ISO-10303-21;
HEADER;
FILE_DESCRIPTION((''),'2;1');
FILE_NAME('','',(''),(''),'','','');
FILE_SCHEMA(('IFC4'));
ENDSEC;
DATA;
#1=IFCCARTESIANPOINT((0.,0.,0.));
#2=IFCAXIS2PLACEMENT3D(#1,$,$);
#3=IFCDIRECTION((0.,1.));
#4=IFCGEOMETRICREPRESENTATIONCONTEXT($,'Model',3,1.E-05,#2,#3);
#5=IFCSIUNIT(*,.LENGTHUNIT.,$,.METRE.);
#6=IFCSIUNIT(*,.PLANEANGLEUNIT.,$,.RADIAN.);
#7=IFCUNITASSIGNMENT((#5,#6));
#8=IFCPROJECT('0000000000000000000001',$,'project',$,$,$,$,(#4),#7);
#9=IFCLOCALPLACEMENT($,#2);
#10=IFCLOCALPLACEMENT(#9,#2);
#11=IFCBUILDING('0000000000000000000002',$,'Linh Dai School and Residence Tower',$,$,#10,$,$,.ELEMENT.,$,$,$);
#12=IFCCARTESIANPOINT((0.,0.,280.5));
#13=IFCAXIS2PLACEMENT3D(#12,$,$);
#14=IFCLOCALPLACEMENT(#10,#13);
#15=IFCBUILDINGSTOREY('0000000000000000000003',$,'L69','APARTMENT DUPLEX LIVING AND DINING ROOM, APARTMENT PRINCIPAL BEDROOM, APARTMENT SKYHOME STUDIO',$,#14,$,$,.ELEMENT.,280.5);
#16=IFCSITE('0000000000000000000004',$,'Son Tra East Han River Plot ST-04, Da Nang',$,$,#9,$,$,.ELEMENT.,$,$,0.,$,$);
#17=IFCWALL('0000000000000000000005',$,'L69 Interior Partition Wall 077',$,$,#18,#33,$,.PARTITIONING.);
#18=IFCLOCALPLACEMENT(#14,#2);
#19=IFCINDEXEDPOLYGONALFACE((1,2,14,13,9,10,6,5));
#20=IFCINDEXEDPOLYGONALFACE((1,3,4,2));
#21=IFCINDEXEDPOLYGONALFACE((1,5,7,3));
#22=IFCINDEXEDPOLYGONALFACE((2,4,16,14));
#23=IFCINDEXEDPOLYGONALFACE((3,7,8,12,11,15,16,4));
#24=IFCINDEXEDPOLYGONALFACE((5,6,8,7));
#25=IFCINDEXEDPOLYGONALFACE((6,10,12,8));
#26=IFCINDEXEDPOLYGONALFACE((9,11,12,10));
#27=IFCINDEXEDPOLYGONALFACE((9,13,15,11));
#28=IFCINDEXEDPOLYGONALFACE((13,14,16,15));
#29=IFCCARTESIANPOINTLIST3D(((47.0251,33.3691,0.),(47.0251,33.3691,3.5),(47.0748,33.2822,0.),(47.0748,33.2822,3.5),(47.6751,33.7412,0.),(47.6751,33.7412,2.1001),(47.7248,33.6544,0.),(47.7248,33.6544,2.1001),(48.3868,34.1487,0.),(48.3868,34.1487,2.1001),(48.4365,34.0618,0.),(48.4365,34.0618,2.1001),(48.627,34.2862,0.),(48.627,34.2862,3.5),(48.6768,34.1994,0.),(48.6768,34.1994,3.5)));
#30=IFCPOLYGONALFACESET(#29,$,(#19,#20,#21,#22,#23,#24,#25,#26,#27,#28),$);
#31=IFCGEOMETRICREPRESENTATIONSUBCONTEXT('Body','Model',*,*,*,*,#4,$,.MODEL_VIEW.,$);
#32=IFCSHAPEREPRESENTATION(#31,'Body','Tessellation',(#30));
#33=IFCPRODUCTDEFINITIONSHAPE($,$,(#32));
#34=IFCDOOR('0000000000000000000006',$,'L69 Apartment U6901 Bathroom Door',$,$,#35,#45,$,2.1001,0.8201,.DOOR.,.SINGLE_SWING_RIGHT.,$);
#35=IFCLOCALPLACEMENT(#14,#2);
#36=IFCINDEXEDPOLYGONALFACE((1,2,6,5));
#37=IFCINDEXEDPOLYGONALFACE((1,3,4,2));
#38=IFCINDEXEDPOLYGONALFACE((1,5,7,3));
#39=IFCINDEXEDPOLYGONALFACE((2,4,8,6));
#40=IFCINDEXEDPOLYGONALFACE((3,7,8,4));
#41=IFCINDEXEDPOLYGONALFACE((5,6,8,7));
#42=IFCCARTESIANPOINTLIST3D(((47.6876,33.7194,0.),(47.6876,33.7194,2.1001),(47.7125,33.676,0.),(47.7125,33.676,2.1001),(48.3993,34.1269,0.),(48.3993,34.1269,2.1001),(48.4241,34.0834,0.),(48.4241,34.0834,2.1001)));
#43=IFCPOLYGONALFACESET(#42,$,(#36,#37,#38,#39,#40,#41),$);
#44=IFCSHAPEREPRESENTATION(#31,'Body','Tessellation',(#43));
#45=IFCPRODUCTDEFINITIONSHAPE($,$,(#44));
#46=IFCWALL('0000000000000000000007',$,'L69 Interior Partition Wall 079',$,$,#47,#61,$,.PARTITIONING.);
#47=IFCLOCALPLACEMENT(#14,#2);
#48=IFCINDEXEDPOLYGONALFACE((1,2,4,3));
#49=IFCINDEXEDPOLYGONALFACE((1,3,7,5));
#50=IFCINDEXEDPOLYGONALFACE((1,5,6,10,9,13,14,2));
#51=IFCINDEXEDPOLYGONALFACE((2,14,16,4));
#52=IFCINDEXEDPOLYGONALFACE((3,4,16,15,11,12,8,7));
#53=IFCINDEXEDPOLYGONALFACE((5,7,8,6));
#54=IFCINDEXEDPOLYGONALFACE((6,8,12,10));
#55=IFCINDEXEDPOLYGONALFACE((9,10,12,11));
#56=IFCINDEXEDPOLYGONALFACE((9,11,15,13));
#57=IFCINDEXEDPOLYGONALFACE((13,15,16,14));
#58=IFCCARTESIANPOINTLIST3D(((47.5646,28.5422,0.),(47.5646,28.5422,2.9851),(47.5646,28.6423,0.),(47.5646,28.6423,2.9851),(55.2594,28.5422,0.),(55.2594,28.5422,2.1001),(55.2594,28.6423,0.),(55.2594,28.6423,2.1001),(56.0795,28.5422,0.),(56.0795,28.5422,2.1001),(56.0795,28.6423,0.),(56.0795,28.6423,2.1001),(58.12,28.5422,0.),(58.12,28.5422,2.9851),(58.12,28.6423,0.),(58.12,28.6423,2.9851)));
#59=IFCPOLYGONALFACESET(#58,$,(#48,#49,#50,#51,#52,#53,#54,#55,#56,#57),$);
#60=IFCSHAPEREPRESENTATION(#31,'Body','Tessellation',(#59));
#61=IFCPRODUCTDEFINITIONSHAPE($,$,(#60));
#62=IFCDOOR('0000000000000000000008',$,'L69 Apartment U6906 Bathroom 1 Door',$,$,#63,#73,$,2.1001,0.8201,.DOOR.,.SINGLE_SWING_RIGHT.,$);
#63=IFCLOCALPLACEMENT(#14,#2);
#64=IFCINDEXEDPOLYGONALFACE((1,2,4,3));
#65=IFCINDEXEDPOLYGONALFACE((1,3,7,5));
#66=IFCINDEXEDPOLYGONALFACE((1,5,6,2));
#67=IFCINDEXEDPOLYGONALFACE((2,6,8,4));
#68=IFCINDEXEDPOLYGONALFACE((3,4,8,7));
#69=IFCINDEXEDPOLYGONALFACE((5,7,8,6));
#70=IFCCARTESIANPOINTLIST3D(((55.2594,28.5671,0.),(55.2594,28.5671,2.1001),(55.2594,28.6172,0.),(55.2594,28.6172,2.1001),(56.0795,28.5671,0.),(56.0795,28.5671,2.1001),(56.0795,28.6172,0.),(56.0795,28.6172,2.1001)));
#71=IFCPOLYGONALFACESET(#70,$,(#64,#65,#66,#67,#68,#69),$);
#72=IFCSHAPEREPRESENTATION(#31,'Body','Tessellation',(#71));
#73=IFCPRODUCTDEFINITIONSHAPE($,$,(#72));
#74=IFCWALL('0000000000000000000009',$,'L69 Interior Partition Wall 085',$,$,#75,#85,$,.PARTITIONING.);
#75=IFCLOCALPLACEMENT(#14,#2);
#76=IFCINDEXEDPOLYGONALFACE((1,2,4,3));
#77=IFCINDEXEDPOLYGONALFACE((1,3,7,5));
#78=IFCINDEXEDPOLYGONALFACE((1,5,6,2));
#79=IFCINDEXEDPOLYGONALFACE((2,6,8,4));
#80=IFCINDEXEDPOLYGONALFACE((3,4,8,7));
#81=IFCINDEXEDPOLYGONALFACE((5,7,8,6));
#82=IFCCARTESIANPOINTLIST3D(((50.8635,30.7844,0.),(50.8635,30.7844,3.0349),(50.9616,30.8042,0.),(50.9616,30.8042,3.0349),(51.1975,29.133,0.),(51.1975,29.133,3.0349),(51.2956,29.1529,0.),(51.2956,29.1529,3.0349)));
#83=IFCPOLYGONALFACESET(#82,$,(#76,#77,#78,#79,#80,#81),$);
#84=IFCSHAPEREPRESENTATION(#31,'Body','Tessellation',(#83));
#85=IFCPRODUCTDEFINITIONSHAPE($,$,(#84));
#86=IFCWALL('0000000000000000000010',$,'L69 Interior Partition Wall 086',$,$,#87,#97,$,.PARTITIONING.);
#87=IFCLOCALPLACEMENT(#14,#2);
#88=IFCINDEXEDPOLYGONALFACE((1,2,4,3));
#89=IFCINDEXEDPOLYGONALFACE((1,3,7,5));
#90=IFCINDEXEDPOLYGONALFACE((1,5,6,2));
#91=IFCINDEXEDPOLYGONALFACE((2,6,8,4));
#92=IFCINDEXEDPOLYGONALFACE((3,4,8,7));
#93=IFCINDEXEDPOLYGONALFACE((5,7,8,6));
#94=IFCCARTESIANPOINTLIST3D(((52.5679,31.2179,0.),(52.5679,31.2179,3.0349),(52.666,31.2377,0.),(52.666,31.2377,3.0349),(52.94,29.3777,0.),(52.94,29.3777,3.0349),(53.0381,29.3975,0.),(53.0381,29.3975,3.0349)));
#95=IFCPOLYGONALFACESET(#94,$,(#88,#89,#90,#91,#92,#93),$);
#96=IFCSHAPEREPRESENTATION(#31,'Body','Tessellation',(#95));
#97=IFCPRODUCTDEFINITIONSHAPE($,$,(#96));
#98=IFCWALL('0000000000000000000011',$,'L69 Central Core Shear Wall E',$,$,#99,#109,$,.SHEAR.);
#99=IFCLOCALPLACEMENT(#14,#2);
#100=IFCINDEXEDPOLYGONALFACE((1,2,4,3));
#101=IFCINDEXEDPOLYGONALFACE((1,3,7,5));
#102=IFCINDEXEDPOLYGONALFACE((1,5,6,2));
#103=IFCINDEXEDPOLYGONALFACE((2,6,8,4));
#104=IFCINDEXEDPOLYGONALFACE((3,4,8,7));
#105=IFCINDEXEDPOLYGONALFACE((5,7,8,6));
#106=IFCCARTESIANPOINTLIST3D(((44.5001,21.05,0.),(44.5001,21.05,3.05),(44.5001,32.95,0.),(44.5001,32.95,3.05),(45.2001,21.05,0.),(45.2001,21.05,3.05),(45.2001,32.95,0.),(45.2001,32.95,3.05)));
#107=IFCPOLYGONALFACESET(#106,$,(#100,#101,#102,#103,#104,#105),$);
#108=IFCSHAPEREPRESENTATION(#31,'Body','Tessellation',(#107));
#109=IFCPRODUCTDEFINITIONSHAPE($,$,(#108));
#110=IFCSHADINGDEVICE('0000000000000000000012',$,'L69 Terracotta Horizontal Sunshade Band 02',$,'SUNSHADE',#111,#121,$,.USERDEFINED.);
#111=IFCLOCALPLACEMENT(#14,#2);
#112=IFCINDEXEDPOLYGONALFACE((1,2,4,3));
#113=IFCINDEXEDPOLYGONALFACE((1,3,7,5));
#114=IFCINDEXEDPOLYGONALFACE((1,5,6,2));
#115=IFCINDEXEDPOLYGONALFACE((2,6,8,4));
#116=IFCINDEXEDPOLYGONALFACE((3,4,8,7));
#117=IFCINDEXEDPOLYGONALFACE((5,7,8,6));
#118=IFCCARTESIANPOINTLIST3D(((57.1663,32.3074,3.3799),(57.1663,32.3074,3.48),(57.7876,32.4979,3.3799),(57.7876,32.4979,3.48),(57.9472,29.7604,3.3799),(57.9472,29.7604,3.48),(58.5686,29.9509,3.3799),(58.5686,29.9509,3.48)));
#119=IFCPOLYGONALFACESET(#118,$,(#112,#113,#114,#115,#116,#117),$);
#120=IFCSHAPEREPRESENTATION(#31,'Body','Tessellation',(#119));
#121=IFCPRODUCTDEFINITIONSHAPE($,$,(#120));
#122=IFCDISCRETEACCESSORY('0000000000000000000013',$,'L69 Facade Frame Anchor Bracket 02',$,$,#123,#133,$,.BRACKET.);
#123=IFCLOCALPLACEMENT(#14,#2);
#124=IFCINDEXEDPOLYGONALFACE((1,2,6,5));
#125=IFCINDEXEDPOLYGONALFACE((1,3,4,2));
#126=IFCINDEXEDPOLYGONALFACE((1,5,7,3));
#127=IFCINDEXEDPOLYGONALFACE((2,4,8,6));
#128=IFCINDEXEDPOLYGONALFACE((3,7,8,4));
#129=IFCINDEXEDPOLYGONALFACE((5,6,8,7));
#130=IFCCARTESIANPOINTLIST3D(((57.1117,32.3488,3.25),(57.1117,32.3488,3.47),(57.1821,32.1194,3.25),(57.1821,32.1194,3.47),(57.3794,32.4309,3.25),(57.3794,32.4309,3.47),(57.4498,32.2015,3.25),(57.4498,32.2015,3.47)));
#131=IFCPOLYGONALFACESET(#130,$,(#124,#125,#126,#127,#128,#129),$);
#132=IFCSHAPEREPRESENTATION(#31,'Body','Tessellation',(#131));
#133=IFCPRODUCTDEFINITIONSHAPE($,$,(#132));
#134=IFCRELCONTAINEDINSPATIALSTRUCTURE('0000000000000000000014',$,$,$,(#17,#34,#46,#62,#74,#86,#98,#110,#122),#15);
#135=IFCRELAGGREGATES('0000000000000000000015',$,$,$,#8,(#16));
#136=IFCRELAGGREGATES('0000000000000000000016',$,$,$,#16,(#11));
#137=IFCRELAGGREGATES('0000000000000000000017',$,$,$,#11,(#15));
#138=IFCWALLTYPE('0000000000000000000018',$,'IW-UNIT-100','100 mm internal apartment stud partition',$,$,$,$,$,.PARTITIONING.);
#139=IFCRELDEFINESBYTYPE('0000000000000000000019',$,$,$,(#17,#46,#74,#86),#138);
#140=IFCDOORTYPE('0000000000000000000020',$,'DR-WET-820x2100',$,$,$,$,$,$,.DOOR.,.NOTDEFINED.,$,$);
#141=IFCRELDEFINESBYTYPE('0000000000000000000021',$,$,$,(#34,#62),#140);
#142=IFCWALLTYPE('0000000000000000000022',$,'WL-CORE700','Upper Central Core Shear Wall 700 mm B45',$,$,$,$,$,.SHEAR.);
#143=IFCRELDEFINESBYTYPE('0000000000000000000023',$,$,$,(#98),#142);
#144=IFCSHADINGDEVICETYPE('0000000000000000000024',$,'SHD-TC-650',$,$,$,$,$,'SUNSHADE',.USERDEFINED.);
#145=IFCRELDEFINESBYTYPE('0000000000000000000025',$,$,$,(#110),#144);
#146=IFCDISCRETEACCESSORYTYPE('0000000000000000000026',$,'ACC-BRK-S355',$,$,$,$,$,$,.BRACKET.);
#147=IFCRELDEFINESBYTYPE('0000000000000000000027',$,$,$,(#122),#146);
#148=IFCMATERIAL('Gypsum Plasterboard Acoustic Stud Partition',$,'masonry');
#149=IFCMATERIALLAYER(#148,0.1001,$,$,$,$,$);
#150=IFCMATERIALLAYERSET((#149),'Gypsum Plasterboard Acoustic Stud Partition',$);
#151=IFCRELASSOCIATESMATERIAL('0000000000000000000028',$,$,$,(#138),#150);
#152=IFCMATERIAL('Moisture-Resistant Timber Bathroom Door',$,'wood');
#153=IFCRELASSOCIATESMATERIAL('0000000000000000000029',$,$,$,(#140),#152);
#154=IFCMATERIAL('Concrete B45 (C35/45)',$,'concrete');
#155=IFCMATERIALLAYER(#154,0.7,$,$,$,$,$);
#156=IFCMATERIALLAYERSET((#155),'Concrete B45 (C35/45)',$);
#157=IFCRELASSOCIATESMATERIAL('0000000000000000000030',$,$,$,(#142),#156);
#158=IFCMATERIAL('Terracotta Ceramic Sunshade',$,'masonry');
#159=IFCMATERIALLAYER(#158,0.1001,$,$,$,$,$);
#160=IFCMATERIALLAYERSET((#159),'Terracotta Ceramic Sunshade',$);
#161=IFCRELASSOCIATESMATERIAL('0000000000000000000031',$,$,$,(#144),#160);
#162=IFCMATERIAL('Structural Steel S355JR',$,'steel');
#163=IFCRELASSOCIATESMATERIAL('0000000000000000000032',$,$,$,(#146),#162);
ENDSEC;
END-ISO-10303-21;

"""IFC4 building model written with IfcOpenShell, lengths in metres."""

from ifc_helpers import new_model, si_unit, direction, frame, frame_2d, origin, origin_2d, place, context, subcontext, project, spatial, rectangle, extrude, source, transform, mapped, material, layer, layer_set, type_object, element, fill, save


model = new_model("IFC4")

# Units and contexts
model_context = context("Model", 3, precision=1e-05, world=origin(), true_north=direction((0.0, 1.0)))
body_context = subcontext(model_context, "Body", "Model", "MODEL_VIEW")
ifc_project = project(units=[si_unit("LENGTHUNIT", "METRE"), si_unit("PLANEANGLEUNIT", "RADIAN")], contexts=[model_context])

# Site, building, storey
site_placement = place(None, origin())
site = spatial("IfcSite", under=ifc_project, at=site_placement, Name="Son Tra East Han River Plot ST-04, Da Nang", CompositionType="ELEMENT", RefElevation=0.0)
building_placement = place(site_placement, origin())
building = spatial("IfcBuilding", under=site, at=building_placement, Name="Linh Dai School and Residence Tower", CompositionType="ELEMENT")
storey_placement = place(building_placement, frame((0.0, 0.0, 280.5)))
storey = spatial("IfcBuildingStorey", under=building, at=storey_placement, Name="L69", Description="APARTMENT DUPLEX LIVING AND DINING ROOM, APARTMENT PRINCIPAL BEDROOM, APARTMENT SKYHOME STUDIO", CompositionType="ELEMENT", Elevation=280.5)

# Shared definitions
ifc_material_1 = material(Name="Structural Steel S355JR", Category="steel")

# Walls, openings, doors
ifc_material_2 = material(Name="Gypsum Plasterboard Acoustic Stud Partition", Category="masonry")
ifc_layer_1 = layer(ifc_material_2, 0.1001)
ifc_layer_set_1 = layer_set([ifc_layer_1], Name="Gypsum Plasterboard Acoustic Stud Partition")
wall_type_1 = type_object("IfcWallType", Name="IW-UNIT-100", Description="100 mm internal apartment stud partition", PredefinedType="PARTITIONING", material=ifc_layer_set_1)
wall_1_placement = place(storey_placement, frame((47.05, 33.3257, 0.0), z_axis=(0.0, 0.0, 1.0), x_axis=(0.867828, 0.496865, 0.0)))
wall_1 = element("IfcWall", 1, at=wall_1_placement, inside=storey, type_object=wall_type_1, Name="L69 Interior Partition Wall 077", PredefinedType="PARTITIONING", context=body_context, shape_type="SweptSolid", body=[
    extrude(rectangle(XDim=1.8459, YDim=0.1001, at=frame_2d((0.9229, 0.0))), origin(), (0.0, 0.0, 1.0), 3.5),
])
opening_1_placement = place(wall_1_placement, frame((0.7488, 0.0, 0.0)))
opening_1 = element("IfcOpeningElement", 2, at=opening_1_placement, cuts=wall_1, PredefinedType="OPENING", context=body_context, shape_type="SweptSolid", body=[
    extrude(rectangle(XDim=0.8201, YDim=2.1001, at=origin_2d()), frame((0.4102, 0.0601, 1.05), z_axis=(0.0, -1.0, 0.0), x_axis=(1.0, 0.0, 0.0)), (0.0, 0.0, 1.0), 0.1201),
])
ifc_material_3 = material(Name="Moisture-Resistant Timber Bathroom Door", Category="wood")
door_type_1 = type_object("IfcDoorType", Name="DR-WET-820x2100", OperationType="NOTDEFINED", PredefinedType="DOOR", material=ifc_material_3)
shared_shape_1 = source(origin(), body_context, "Body", "SweptSolid", [
    extrude(rectangle(XDim=0.8201, YDim=2.1001, at=origin_2d()), frame((0.4102, 0.0249, 1.05), z_axis=(0.0, -1.0, 0.0), x_axis=(1.0, 0.0, 0.0)), (0.0, 0.0, 1.0), 0.05),
])
door_1_placement = place(opening_1_placement, origin())
door_1 = element("IfcDoor", 3, at=door_1_placement, inside=storey, type_object=door_type_1, Name="L69 Apartment U6901 Bathroom Door", OperationType="SINGLE_SWING_RIGHT", OverallHeight=2.1001, OverallWidth=0.8201, PredefinedType="DOOR", context=body_context, shape_type="MappedRepresentation", body=[
    mapped(shared_shape_1, transform((0.0, 0.0, 0.0), x_axis=(1.0, 0.0, 0.0), y_axis=(0.0, 1.0, 0.0), z_axis=(0.0, 0.0, 1.0), scale=1.0)),
])
fill(opening_1, door_1)
wall_2_placement = place(storey_placement, frame((47.5645, 28.5923, 0.0), z_axis=(0.0, 0.0, 1.0), x_axis=(1.0, 0.0, 0.0)))
wall_2 = element("IfcWall", 4, at=wall_2_placement, inside=storey, type_object=wall_type_1, Name="L69 Interior Partition Wall 079", PredefinedType="PARTITIONING", context=body_context, shape_type="SweptSolid", body=[
    extrude(rectangle(XDim=10.5554, YDim=0.1001, at=frame_2d((5.2778, 0.0))), origin(), (0.0, 0.0, 1.0), 2.9851),
])
opening_2_placement = place(wall_2_placement, frame((7.6948, 0.0, 0.0)))
opening_2 = element("IfcOpeningElement", 5, at=opening_2_placement, cuts=wall_2, PredefinedType="OPENING", context=body_context, shape_type="SweptSolid", body=[
    extrude(rectangle(XDim=0.8201, YDim=2.1001, at=origin_2d()), frame((0.4102, 0.0601, 1.05), z_axis=(0.0, -1.0, 0.0), x_axis=(1.0, 0.0, 0.0)), (0.0, 0.0, 1.0), 0.1201),
])
door_2_placement = place(opening_2_placement, origin())
door_2 = element("IfcDoor", 6, at=door_2_placement, inside=storey, type_object=door_type_1, Name="L69 Apartment U6906 Bathroom 1 Door", OperationType="SINGLE_SWING_RIGHT", OverallHeight=2.1001, OverallWidth=0.8201, PredefinedType="DOOR", context=body_context, shape_type="MappedRepresentation", body=[
    mapped(shared_shape_1, transform((0.0, 0.0, 0.0), x_axis=(1.0, 0.0, 0.0), y_axis=(0.0, 1.0, 0.0), z_axis=(0.0, 0.0, 1.0), scale=1.0)),
])
fill(opening_2, door_2)

# Walls
wall_3_placement = place(storey_placement, frame((50.9126, 30.7942, 0.0), z_axis=(0.0, 0.0, 1.0), x_axis=(0.198234, -0.980155, 0.0)))
element("IfcWall", 7, at=wall_3_placement, inside=storey, type_object=wall_type_1, Name="L69 Interior Partition Wall 085", PredefinedType="PARTITIONING", context=body_context, shape_type="SweptSolid", body=[
    extrude(rectangle(XDim=1.6848, YDim=0.1001, at=frame_2d((0.8423, 0.0))), origin(), (0.0, 0.0, 1.0), 3.0349),
])
wall_4_placement = place(storey_placement, frame((52.6169, 31.2278, 0.0), z_axis=(0.0, 0.0, 1.0), x_axis=(0.198191, -0.980163, 0.0)))
element("IfcWall", 8, at=wall_4_placement, inside=storey, type_object=wall_type_1, Name="L69 Interior Partition Wall 086", PredefinedType="PARTITIONING", context=body_context, shape_type="SweptSolid", body=[
    extrude(rectangle(XDim=1.8774, YDim=0.1001, at=frame_2d((0.9387, 0.0))), origin(), (0.0, 0.0, 1.0), 3.0349),
])
ifc_material_4 = material(Name="Concrete B45 (C35/45)", Category="concrete")
ifc_layer_2 = layer(ifc_material_4, 0.7)
ifc_layer_set_2 = layer_set([ifc_layer_2], Name="Concrete B45 (C35/45)")
wall_type_2 = type_object("IfcWallType", Name="WL-CORE700", Description="Upper Central Core Shear Wall 700 mm B45", PredefinedType="SHEAR", material=ifc_layer_set_2)
wall_5_placement = place(storey_placement, frame((44.8501, 32.95, 0.0), z_axis=(0.0, 0.0, 1.0), x_axis=(0.0, -1.0, 0.0)))
element("IfcWall", 9, at=wall_5_placement, inside=storey, type_object=wall_type_2, Name="L69 Central Core Shear Wall E", PredefinedType="SHEAR", context=body_context, shape_type="SweptSolid", body=[
    extrude(rectangle(XDim=11.8999, YDim=0.7, at=frame_2d((5.95, 0.0))), origin(), (0.0, 0.0, 1.0), 3.05),
])

# Shading device
ifc_material_5 = material(Name="Terracotta Ceramic Sunshade", Category="masonry")
ifc_layer_3 = layer(ifc_material_5, 0.1001)
ifc_layer_set_3 = layer_set([ifc_layer_3], Name="Terracotta Ceramic Sunshade")
shading_device_type = type_object("IfcShadingDeviceType", Name="SHD-TC-650", ElementType="SUNSHADE", PredefinedType="USERDEFINED", material=ifc_layer_set_3)
shared_shape_2 = source(origin(), body_context, "Body", "SweptSolid", [
    extrude(rectangle(XDim=2.6641, YDim=0.6499, at=origin_2d()), origin(), (0.0, 0.0, 1.0), 0.1001),
])
shading_device_placement = place(storey_placement, frame((57.8674, 31.1292, 3.3799), z_axis=(0.0, 0.0, 1.0), x_axis=(0.293141, -0.956069, 0.0)))
element("IfcShadingDevice", 10, at=shading_device_placement, inside=storey, type_object=shading_device_type, Name="L69 Terracotta Horizontal Sunshade Band 02", ObjectType="SUNSHADE", PredefinedType="USERDEFINED", context=body_context, shape_type="MappedRepresentation", body=[
    mapped(shared_shape_2, transform((0.0, 0.0, 0.0), x_axis=(1.0, 0.0, 0.0), y_axis=(0.0, 1.0, 0.0), z_axis=(0.0, 0.0, 1.0), scale=1.0)),
])

# Discrete accessory
discrete_accessory_type = type_object("IfcDiscreteAccessoryType", Name="ACC-BRK-S355", PredefinedType="BRACKET", material=ifc_material_1)
shared_shape_3 = source(origin(), body_context, "Body", "SweptSolid", [
    extrude(rectangle(XDim=0.28, YDim=0.24, at=origin_2d()), origin(), (0.0, 0.0, 1.0), 0.22),
])
discrete_accessory_placement = place(storey_placement, frame((57.2808, 32.2751, 3.25), z_axis=(0.0, 0.0, 1.0), x_axis=(0.956069, 0.293141, 0.0)))
element("IfcDiscreteAccessory", 11, at=discrete_accessory_placement, inside=storey, type_object=discrete_accessory_type, Name="L69 Facade Frame Anchor Bracket 02", PredefinedType="BRACKET", context=body_context, shape_type="MappedRepresentation", body=[
    mapped(shared_shape_3, transform((0.0, 0.0, 0.0), x_axis=(1.0, 0.0, 0.0), y_axis=(0.0, 1.0, 0.0), z_axis=(0.0, 0.0, 1.0), scale=1.0)),
])

save(model, "model.ifc")
